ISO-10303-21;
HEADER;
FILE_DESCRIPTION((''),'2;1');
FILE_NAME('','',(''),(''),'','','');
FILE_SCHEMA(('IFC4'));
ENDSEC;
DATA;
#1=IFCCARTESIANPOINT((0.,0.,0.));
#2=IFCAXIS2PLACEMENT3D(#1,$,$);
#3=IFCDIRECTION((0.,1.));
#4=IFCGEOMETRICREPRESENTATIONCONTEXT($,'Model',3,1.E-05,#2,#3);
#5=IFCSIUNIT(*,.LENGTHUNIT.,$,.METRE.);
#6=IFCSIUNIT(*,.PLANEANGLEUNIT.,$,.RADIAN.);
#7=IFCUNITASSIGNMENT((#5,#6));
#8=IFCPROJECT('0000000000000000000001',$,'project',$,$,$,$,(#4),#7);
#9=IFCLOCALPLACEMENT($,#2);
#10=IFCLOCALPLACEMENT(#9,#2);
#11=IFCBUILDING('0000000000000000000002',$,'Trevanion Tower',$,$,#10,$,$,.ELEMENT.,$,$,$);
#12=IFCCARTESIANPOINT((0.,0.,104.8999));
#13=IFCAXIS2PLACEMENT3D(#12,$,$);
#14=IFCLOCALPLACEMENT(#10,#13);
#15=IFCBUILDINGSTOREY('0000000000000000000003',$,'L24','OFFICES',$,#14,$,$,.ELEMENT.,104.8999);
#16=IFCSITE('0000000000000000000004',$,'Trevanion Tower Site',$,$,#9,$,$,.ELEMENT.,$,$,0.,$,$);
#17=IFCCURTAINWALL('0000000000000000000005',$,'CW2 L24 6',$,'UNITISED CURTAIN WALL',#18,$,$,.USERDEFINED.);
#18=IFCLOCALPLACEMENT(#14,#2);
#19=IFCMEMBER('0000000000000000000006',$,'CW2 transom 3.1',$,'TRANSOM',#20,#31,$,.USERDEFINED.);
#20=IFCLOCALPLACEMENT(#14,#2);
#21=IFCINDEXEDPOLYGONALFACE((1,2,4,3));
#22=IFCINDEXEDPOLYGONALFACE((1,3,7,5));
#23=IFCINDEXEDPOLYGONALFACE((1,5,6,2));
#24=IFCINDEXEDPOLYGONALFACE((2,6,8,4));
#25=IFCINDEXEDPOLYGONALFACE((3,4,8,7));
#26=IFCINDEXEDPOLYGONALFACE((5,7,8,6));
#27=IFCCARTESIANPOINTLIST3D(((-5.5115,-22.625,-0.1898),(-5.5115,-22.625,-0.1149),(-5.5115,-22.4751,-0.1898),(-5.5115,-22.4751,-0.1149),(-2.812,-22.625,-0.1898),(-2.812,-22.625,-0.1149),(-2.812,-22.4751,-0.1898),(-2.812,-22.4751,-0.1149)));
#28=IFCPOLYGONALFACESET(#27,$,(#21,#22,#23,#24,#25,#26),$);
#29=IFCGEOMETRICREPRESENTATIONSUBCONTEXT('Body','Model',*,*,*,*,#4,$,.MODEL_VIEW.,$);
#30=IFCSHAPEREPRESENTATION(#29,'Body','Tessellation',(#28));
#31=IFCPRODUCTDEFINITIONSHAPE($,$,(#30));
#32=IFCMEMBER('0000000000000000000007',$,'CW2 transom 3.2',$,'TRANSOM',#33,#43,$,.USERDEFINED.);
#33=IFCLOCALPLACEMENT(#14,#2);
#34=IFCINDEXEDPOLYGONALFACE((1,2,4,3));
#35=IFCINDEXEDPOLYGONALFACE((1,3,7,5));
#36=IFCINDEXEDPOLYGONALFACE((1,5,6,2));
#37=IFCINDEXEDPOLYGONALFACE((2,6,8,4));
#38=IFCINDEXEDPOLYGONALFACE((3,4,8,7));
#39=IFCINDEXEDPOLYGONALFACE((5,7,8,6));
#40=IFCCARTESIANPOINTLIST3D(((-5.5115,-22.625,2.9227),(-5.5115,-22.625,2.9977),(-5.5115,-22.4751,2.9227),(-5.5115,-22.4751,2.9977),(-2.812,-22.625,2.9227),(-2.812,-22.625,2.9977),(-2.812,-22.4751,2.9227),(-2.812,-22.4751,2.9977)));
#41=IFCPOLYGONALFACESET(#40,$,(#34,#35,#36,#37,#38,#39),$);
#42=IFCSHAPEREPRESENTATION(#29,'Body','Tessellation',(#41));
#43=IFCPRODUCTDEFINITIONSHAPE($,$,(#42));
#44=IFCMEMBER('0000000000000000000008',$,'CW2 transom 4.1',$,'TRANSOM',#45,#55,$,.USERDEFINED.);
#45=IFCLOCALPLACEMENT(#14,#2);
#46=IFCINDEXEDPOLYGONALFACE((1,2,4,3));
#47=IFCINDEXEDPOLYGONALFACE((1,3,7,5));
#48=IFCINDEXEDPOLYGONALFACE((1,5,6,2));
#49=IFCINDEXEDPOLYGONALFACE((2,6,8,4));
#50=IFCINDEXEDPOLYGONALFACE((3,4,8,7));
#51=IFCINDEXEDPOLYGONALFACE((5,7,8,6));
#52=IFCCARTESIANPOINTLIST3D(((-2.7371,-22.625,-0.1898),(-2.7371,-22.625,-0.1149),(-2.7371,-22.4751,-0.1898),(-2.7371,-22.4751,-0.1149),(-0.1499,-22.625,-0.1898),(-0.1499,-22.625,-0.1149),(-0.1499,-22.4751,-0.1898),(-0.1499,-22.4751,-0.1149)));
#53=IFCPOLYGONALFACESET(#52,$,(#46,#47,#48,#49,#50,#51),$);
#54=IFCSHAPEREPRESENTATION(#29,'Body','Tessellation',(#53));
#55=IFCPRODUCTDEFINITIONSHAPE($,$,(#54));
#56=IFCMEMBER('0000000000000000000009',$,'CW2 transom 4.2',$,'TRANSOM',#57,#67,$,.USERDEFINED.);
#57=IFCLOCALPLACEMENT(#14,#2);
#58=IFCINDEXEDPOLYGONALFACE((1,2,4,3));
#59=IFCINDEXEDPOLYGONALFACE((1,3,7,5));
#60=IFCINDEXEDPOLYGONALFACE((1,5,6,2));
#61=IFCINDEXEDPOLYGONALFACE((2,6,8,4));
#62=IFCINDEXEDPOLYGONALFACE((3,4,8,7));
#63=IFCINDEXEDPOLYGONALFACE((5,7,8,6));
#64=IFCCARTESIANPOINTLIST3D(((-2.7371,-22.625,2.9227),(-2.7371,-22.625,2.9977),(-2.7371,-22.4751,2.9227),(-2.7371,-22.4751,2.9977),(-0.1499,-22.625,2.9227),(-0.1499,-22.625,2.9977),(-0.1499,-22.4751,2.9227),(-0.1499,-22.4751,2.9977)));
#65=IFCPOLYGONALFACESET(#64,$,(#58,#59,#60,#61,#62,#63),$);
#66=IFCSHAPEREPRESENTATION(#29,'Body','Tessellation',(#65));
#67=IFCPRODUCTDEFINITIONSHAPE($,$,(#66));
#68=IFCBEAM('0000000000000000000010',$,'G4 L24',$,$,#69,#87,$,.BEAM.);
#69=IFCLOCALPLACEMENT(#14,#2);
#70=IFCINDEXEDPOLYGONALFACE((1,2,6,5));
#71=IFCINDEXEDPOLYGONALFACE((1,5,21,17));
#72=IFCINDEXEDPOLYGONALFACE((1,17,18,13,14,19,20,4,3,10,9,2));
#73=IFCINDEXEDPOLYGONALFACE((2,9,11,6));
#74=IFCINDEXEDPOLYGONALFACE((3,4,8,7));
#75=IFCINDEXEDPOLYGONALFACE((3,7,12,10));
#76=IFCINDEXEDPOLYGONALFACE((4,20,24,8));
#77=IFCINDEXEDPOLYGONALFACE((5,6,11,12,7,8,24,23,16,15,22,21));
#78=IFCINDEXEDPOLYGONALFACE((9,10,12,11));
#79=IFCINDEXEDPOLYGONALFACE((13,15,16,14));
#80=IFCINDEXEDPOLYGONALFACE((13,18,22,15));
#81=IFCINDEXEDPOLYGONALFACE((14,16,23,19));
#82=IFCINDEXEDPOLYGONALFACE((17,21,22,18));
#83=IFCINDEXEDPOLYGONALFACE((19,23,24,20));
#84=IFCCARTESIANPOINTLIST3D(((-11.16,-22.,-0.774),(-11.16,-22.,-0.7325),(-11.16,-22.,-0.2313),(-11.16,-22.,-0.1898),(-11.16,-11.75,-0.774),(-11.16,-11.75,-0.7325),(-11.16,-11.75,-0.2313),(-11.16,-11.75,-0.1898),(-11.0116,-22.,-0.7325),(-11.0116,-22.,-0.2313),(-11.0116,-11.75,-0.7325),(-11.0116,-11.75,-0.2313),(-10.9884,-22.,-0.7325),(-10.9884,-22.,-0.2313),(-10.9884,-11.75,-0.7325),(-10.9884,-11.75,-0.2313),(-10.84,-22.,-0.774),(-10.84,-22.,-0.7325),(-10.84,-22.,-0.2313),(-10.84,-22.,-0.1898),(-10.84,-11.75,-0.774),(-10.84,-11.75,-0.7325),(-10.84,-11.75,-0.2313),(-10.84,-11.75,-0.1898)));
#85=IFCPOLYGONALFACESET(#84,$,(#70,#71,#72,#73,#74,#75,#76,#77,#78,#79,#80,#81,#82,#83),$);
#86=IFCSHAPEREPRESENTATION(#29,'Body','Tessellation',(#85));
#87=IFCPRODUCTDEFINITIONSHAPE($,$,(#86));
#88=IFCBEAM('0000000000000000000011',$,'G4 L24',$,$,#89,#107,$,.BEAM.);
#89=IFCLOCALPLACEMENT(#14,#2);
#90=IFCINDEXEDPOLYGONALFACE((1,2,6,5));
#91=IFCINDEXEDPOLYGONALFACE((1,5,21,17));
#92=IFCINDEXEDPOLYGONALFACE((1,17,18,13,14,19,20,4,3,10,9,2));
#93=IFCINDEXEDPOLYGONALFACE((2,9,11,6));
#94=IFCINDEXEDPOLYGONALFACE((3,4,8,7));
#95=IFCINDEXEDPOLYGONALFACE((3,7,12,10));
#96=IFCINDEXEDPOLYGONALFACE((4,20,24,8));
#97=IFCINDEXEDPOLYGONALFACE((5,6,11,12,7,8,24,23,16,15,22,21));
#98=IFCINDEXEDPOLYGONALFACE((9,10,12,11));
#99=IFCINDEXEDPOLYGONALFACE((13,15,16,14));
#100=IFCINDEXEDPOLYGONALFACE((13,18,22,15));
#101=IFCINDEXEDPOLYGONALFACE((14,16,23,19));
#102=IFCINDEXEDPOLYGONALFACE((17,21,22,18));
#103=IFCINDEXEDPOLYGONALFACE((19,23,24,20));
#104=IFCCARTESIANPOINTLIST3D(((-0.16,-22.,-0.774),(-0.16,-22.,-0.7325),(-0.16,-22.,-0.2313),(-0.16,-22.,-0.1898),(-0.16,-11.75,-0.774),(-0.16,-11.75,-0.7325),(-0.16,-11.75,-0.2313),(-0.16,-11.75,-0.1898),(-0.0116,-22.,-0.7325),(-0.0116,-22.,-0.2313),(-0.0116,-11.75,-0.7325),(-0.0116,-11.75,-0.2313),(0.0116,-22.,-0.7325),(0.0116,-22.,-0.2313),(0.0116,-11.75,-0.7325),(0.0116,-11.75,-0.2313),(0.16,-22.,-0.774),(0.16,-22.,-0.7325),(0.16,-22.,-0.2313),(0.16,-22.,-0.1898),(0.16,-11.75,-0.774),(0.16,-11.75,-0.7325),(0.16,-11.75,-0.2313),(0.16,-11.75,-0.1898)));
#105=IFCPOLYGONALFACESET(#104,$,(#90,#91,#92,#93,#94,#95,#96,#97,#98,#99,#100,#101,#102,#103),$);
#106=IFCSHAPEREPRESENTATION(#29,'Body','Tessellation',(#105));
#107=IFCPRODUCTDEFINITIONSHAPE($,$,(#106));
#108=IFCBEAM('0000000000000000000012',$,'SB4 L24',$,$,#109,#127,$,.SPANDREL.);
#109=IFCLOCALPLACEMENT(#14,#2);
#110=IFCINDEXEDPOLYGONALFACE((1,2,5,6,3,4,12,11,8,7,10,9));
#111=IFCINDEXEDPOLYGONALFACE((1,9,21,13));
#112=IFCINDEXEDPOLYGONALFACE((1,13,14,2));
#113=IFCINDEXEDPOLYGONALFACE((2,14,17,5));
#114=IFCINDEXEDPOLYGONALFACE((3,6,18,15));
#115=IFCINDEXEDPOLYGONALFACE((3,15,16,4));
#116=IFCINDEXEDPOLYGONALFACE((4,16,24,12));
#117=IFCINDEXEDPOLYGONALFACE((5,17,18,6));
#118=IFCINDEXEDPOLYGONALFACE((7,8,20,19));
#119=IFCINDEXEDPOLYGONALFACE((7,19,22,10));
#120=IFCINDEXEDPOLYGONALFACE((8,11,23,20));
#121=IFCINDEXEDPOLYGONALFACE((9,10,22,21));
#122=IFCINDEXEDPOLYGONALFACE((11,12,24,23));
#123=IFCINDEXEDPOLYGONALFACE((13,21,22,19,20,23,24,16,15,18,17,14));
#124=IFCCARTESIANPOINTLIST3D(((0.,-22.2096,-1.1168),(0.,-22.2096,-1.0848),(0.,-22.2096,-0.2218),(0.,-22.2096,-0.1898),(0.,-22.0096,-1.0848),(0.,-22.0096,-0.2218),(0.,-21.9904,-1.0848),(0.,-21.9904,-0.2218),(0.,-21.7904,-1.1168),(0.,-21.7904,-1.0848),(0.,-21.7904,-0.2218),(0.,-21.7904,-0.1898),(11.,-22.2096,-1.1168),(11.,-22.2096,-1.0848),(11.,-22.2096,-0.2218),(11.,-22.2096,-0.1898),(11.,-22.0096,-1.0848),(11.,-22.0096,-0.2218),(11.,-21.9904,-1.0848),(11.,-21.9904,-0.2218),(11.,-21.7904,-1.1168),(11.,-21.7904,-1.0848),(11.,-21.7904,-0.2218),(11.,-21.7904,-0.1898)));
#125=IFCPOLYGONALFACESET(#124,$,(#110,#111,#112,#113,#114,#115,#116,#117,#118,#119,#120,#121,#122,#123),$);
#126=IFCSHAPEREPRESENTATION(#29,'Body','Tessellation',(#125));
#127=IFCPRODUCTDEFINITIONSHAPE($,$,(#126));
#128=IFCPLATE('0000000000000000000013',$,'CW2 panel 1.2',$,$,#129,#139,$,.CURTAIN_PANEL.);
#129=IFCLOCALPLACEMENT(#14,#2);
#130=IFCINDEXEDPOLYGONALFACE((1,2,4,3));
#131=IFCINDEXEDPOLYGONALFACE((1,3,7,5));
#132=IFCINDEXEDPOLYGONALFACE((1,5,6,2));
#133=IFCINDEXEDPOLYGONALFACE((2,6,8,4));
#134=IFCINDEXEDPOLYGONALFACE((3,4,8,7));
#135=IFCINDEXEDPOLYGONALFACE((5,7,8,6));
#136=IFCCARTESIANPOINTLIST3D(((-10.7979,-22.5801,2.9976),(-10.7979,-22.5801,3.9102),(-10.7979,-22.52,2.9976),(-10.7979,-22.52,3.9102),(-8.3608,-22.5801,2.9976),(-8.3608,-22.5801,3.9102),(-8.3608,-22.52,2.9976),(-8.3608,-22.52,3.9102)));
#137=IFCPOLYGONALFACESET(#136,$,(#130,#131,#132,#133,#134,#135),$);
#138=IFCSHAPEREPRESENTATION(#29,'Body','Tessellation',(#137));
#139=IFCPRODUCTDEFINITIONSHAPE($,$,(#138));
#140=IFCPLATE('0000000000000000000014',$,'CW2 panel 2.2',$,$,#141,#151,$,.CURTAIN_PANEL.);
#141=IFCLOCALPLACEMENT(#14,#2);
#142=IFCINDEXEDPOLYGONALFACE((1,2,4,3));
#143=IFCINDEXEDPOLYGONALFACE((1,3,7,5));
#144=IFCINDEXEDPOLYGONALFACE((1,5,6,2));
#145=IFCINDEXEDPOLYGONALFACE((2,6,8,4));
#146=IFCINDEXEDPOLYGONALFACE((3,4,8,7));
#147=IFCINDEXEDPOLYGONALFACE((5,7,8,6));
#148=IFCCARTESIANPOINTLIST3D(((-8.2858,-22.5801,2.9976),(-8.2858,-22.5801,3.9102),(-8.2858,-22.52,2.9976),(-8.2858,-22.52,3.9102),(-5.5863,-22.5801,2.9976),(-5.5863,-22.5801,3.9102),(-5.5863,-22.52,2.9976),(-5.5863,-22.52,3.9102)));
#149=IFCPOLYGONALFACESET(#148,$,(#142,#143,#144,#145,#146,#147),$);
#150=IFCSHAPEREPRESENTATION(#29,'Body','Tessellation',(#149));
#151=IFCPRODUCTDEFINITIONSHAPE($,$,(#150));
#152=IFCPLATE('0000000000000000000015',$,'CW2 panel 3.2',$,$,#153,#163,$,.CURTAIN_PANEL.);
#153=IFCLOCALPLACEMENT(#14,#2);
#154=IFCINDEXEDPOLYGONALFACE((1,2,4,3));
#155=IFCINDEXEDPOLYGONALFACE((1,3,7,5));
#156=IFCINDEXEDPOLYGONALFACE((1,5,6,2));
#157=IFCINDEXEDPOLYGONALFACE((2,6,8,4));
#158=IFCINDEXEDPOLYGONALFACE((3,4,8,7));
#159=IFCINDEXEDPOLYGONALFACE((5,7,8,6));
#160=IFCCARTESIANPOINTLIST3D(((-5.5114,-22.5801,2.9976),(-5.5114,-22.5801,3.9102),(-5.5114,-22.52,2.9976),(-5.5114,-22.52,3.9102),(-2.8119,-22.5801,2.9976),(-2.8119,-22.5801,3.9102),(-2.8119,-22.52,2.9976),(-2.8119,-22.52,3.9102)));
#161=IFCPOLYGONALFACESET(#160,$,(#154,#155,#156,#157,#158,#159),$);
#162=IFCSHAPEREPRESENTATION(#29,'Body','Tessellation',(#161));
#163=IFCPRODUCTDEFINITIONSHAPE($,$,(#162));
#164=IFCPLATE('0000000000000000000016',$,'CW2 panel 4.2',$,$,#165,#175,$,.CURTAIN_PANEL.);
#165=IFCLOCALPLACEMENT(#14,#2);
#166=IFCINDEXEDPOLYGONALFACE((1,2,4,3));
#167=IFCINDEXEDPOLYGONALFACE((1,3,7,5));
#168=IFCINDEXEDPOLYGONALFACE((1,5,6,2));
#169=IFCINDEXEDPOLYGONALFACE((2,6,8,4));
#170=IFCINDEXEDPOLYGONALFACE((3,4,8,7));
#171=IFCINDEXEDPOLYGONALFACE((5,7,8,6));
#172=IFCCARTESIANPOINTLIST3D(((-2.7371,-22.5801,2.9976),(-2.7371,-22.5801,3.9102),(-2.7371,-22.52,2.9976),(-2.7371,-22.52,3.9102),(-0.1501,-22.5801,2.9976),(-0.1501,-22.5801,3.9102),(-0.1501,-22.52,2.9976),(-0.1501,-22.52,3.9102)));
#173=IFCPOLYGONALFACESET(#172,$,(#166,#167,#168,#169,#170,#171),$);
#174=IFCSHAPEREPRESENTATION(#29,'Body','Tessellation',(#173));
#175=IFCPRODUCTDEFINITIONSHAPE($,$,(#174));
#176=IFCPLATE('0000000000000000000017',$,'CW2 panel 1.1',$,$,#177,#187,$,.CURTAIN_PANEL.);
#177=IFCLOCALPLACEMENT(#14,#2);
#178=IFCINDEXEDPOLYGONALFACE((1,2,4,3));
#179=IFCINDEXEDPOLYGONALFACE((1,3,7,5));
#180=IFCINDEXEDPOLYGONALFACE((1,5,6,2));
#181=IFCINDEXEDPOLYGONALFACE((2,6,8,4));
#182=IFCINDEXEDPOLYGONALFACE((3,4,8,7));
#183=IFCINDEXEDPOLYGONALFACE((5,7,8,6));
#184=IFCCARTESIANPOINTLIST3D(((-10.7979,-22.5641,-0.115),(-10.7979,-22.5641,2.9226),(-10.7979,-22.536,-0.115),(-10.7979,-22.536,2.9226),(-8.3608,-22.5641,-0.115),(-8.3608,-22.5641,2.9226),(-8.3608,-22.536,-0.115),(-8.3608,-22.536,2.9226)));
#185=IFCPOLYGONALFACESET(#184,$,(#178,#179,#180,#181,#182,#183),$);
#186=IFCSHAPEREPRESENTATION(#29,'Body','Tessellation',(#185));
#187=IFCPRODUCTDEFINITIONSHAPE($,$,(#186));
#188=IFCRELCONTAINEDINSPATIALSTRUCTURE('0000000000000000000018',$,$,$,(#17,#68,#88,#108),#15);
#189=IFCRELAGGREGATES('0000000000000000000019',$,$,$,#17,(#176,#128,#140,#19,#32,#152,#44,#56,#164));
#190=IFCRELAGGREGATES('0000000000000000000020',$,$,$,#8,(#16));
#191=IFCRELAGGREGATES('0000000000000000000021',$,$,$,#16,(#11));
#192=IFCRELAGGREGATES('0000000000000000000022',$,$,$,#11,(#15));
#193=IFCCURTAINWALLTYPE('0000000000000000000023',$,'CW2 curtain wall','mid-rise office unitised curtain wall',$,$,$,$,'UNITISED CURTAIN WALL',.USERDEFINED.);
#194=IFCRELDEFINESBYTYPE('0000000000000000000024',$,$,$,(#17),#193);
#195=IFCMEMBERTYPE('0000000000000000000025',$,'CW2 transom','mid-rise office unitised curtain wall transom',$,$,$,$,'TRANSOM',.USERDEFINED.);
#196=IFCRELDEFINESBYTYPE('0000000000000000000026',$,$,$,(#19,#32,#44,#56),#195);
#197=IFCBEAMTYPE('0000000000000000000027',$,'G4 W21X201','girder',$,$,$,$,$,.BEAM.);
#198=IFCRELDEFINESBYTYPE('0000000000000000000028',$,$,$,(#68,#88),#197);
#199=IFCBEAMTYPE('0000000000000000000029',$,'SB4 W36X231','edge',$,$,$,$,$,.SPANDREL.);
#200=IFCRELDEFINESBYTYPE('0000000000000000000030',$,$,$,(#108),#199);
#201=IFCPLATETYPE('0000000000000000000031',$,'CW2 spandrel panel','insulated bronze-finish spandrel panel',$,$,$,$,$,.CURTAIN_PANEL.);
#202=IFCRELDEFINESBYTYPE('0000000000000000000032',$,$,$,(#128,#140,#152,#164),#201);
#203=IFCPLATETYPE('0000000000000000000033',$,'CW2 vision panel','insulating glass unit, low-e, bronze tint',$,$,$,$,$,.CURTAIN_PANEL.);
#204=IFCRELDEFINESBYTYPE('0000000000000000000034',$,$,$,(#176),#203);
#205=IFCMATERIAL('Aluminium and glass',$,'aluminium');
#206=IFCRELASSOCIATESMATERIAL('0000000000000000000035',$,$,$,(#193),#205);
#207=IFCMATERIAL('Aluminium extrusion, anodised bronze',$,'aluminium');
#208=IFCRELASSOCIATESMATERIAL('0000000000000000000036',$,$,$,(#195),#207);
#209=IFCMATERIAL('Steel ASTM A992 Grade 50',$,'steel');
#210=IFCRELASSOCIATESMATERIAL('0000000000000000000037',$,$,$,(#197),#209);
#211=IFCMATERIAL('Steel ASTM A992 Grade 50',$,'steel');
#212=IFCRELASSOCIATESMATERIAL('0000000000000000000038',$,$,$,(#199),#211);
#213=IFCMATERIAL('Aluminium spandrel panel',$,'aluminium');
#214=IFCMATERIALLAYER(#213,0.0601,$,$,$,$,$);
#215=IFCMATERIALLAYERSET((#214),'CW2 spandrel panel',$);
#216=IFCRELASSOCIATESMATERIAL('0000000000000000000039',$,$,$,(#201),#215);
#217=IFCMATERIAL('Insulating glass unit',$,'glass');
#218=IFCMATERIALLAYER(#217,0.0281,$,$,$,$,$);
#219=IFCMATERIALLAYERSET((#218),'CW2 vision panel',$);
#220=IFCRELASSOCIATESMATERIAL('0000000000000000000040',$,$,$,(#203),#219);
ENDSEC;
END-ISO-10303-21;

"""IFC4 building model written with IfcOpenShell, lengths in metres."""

from ifc_helpers import new_model, si_unit, direction, frame, origin, origin_2d, place, context, subcontext, project, spatial, rectangle, i_section, extrude, material, layer, layer_set, material_profile, profile_set, type_object, element, aggregate, save


model = new_model("IFC4")

# Units and contexts
model_context = context("Model", 3, precision=1e-05, world=origin(), true_north=direction((0.0, 1.0)))
body_context = subcontext(model_context, "Body", "Model", "MODEL_VIEW")
ifc_project = project(units=[si_unit("LENGTHUNIT", "METRE"), si_unit("PLANEANGLEUNIT", "RADIAN")], contexts=[model_context])

# Site, building, storey
site_placement = place(None, origin())
site = spatial("IfcSite", under=ifc_project, at=site_placement, Name="Trevanion Tower Site", CompositionType="ELEMENT", RefElevation=0.0)
building_placement = place(site_placement, origin())
building = spatial("IfcBuilding", under=site, at=building_placement, Name="Trevanion Tower", CompositionType="ELEMENT")
storey_placement = place(building_placement, frame((0.0, 0.0, 104.8999)))
storey = spatial("IfcBuildingStorey", under=building, at=storey_placement, Name="L24", Description="OFFICES", CompositionType="ELEMENT", Elevation=104.8999)

# Curtain wall, members
ifc_material_1 = material(Name="Aluminium and glass", Category="aluminium")
curtain_wall_type = type_object("IfcCurtainWallType", Name="CW2 curtain wall", Description="mid-rise office unitised curtain wall", ElementType="UNITISED CURTAIN WALL", PredefinedType="USERDEFINED", material=ifc_material_1)
curtain_wall_placement = place(storey_placement, origin())
curtain_wall = element("IfcCurtainWall", 1, at=curtain_wall_placement, inside=storey, type_object=curtain_wall_type, Name="CW2 L24 6", ObjectType="UNITISED CURTAIN WALL", PredefinedType="USERDEFINED")
ifc_material_2 = material(Name="Aluminium extrusion, anodised bronze", Category="aluminium")
ifc_material_profile_1 = material_profile(ifc_material_2, rectangle(XDim=0.1499, YDim=0.075, at=origin_2d()), Name="CW2 transom")
ifc_profile_set_1 = profile_set([ifc_material_profile_1], Name="Aluminium extrusion, anodised bronze")
member_type_1 = type_object("IfcMemberType", Name="CW2 transom", Description="mid-rise office unitised curtain wall transom", ElementType="TRANSOM", PredefinedType="USERDEFINED", material=ifc_profile_set_1)
member_1_placement = place(storey_placement, frame((-5.5115, -22.55, -0.1523), z_axis=(1.0, 0.0, 0.0), x_axis=(0.0, 1.0, 0.0)))
member_1 = element("IfcMember", 2, at=member_1_placement, type_object=member_type_1, Name="CW2 transom 3.1", ObjectType="TRANSOM", PredefinedType="USERDEFINED", context=body_context, shape_type="SweptSolid", body=[
    extrude(rectangle(XDim=0.1499, YDim=0.075, at=origin_2d()), origin(), (0.0, 0.0, 1.0), 2.6995),
])
member_2_placement = place(storey_placement, frame((-5.5115, -22.55, 2.9602), z_axis=(1.0, 0.0, 0.0), x_axis=(0.0, 1.0, 0.0)))
member_2 = element("IfcMember", 3, at=member_2_placement, type_object=member_type_1, Name="CW2 transom 3.2", ObjectType="TRANSOM", PredefinedType="USERDEFINED", context=body_context, shape_type="SweptSolid", body=[
    extrude(rectangle(XDim=0.1499, YDim=0.075, at=origin_2d()), origin(), (0.0, 0.0, 1.0), 2.6995),
])
member_3_placement = place(storey_placement, frame((-2.7371, -22.55, -0.1523), z_axis=(1.0, 0.0, 0.0), x_axis=(0.0, 1.0, 0.0)))
member_3 = element("IfcMember", 4, at=member_3_placement, type_object=member_type_1, Name="CW2 transom 4.1", ObjectType="TRANSOM", PredefinedType="USERDEFINED", context=body_context, shape_type="SweptSolid", body=[
    extrude(rectangle(XDim=0.1499, YDim=0.075, at=origin_2d()), origin(), (0.0, 0.0, 1.0), 2.5872),
])
member_4_placement = place(storey_placement, frame((-2.7371, -22.55, 2.9602), z_axis=(1.0, 0.0, 0.0), x_axis=(0.0, 1.0, 0.0)))
member_4 = element("IfcMember", 5, at=member_4_placement, type_object=member_type_1, Name="CW2 transom 4.2", ObjectType="TRANSOM", PredefinedType="USERDEFINED", context=body_context, shape_type="SweptSolid", body=[
    extrude(rectangle(XDim=0.1499, YDim=0.075, at=origin_2d()), origin(), (0.0, 0.0, 1.0), 2.5872),
])

# Beams
ifc_material_3 = material(Name="Steel ASTM A992 Grade 50", Category="steel")
ifc_material_profile_2 = material_profile(ifc_material_3, i_section(OverallWidth=0.3201, OverallDepth=0.5842, WebThickness=0.0232, FlangeThickness=0.0415, at=origin_2d()), Name="W21X201")
ifc_profile_set_2 = profile_set([ifc_material_profile_2], Name="Steel ASTM A992 Grade 50")
beam_type_1 = type_object("IfcBeamType", Name="G4 W21X201", Description="girder", PredefinedType="BEAM", material=ifc_profile_set_2)
for number, where, z_axis, x_axis, name in (
    (6, (-11.0, -11.75, -0.4819), (0.0, -1.0, 0.0), (1.0, 0.0, 0.0), "G4 L24"),
    (7, (0.0, -11.75, -0.4819), (0.0, -1.0, 0.0), (1.0, 0.0, 0.0), "G4 L24"),
):
    element("IfcBeam", number, at=place(storey_placement, frame(where, z_axis=z_axis, x_axis=x_axis)), inside=storey, type_object=beam_type_1, Name=name, PredefinedType="BEAM", context=body_context, shape_type="SweptSolid", body=[
        extrude(i_section(OverallWidth=0.3201, OverallDepth=0.5842, WebThickness=0.0232, FlangeThickness=0.0415, at=origin_2d()), origin(), (0.0, 0.0, 1.0), 10.25),
    ])
ifc_material_4 = material(Name="Steel ASTM A992 Grade 50", Category="steel")
ifc_material_profile_3 = material_profile(ifc_material_4, i_section(OverallWidth=0.4192, OverallDepth=0.927, WebThickness=0.0193, FlangeThickness=0.032, at=origin_2d()), Name="W36X231")
ifc_profile_set_3 = profile_set([ifc_material_profile_3], Name="Steel ASTM A992 Grade 50")
beam_type_2 = type_object("IfcBeamType", Name="SB4 W36X231", Description="edge", PredefinedType="SPANDREL", material=ifc_profile_set_3)
beam_placement = place(storey_placement, frame((0.0, -22.0, -0.6533), z_axis=(1.0, 0.0, 0.0), x_axis=(0.0, 1.0, 0.0)))
element("IfcBeam", 8, at=beam_placement, inside=storey, type_object=beam_type_2, Name="SB4 L24", PredefinedType="SPANDREL", context=body_context, shape_type="SweptSolid", body=[
    extrude(i_section(OverallWidth=0.4192, OverallDepth=0.927, WebThickness=0.0193, FlangeThickness=0.032, at=origin_2d()), origin(), (0.0, 0.0, 1.0), 11.0),
])

# Plates
ifc_material_5 = material(Name="Aluminium spandrel panel", Category="aluminium")
ifc_layer_1 = layer(ifc_material_5, 0.0601)
ifc_layer_set_1 = layer_set([ifc_layer_1], Name="CW2 spandrel panel")
plate_type_1 = type_object("IfcPlateType", Name="CW2 spandrel panel", Description="insulated bronze-finish spandrel panel", PredefinedType="CURTAIN_PANEL", material=ifc_layer_set_1)
plate_1_placement = place(storey_placement, frame((-9.5793, -22.55, 2.9976), z_axis=(0.0, 0.0, 1.0), x_axis=(1.0, 0.0, 0.0)))
plate_1 = element("IfcPlate", 9, at=plate_1_placement, type_object=plate_type_1, Name="CW2 panel 1.2", PredefinedType="CURTAIN_PANEL", context=body_context, shape_type="SweptSolid", body=[
    extrude(rectangle(XDim=2.437, YDim=0.0601, at=origin_2d()), origin(), (0.0, 0.0, 1.0), 0.9126),
])
plate_2_placement = place(storey_placement, frame((-6.936, -22.55, 2.9976), z_axis=(0.0, 0.0, 1.0), x_axis=(1.0, 0.0, 0.0)))
plate_2 = element("IfcPlate", 10, at=plate_2_placement, type_object=plate_type_1, Name="CW2 panel 2.2", PredefinedType="CURTAIN_PANEL", context=body_context, shape_type="SweptSolid", body=[
    extrude(rectangle(XDim=2.6995, YDim=0.0601, at=origin_2d()), origin(), (0.0, 0.0, 1.0), 0.9126),
])
plate_3_placement = place(storey_placement, frame((-4.1616, -22.55, 2.9976), z_axis=(0.0, 0.0, 1.0), x_axis=(1.0, 0.0, 0.0)))
plate_3 = element("IfcPlate", 11, at=plate_3_placement, type_object=plate_type_1, Name="CW2 panel 3.2", PredefinedType="CURTAIN_PANEL", context=body_context, shape_type="SweptSolid", body=[
    extrude(rectangle(XDim=2.6995, YDim=0.0601, at=origin_2d()), origin(), (0.0, 0.0, 1.0), 0.9126),
])
plate_4_placement = place(storey_placement, frame((-1.4436, -22.55, 2.9976), z_axis=(0.0, 0.0, 1.0), x_axis=(1.0, 0.0, 0.0)))
plate_4 = element("IfcPlate", 12, at=plate_4_placement, type_object=plate_type_1, Name="CW2 panel 4.2", PredefinedType="CURTAIN_PANEL", context=body_context, shape_type="SweptSolid", body=[
    extrude(rectangle(XDim=2.5869, YDim=0.0601, at=origin_2d()), origin(), (0.0, 0.0, 1.0), 0.9126),
])
ifc_material_6 = material(Name="Insulating glass unit", Category="glass")
ifc_layer_2 = layer(ifc_material_6, 0.0281)
ifc_layer_set_2 = layer_set([ifc_layer_2], Name="CW2 vision panel")
plate_type_2 = type_object("IfcPlateType", Name="CW2 vision panel", Description="insulating glass unit, low-e, bronze tint", PredefinedType="CURTAIN_PANEL", material=ifc_layer_set_2)
plate_5_placement = place(storey_placement, frame((-9.5793, -22.55, -0.115), z_axis=(0.0, 0.0, 1.0), x_axis=(1.0, 0.0, 0.0)))
plate_5 = element("IfcPlate", 13, at=plate_5_placement, type_object=plate_type_2, Name="CW2 panel 1.1", PredefinedType="CURTAIN_PANEL", context=body_context, shape_type="SweptSolid", body=[
    extrude(rectangle(XDim=2.437, YDim=0.0281, at=origin_2d()), origin(), (0.0, 0.0, 1.0), 3.0376),
])
aggregate(curtain_wall, [plate_5, plate_1, plate_2, member_1, member_2, plate_3, member_3, member_4, plate_4])

save(model, "model.ifc")
